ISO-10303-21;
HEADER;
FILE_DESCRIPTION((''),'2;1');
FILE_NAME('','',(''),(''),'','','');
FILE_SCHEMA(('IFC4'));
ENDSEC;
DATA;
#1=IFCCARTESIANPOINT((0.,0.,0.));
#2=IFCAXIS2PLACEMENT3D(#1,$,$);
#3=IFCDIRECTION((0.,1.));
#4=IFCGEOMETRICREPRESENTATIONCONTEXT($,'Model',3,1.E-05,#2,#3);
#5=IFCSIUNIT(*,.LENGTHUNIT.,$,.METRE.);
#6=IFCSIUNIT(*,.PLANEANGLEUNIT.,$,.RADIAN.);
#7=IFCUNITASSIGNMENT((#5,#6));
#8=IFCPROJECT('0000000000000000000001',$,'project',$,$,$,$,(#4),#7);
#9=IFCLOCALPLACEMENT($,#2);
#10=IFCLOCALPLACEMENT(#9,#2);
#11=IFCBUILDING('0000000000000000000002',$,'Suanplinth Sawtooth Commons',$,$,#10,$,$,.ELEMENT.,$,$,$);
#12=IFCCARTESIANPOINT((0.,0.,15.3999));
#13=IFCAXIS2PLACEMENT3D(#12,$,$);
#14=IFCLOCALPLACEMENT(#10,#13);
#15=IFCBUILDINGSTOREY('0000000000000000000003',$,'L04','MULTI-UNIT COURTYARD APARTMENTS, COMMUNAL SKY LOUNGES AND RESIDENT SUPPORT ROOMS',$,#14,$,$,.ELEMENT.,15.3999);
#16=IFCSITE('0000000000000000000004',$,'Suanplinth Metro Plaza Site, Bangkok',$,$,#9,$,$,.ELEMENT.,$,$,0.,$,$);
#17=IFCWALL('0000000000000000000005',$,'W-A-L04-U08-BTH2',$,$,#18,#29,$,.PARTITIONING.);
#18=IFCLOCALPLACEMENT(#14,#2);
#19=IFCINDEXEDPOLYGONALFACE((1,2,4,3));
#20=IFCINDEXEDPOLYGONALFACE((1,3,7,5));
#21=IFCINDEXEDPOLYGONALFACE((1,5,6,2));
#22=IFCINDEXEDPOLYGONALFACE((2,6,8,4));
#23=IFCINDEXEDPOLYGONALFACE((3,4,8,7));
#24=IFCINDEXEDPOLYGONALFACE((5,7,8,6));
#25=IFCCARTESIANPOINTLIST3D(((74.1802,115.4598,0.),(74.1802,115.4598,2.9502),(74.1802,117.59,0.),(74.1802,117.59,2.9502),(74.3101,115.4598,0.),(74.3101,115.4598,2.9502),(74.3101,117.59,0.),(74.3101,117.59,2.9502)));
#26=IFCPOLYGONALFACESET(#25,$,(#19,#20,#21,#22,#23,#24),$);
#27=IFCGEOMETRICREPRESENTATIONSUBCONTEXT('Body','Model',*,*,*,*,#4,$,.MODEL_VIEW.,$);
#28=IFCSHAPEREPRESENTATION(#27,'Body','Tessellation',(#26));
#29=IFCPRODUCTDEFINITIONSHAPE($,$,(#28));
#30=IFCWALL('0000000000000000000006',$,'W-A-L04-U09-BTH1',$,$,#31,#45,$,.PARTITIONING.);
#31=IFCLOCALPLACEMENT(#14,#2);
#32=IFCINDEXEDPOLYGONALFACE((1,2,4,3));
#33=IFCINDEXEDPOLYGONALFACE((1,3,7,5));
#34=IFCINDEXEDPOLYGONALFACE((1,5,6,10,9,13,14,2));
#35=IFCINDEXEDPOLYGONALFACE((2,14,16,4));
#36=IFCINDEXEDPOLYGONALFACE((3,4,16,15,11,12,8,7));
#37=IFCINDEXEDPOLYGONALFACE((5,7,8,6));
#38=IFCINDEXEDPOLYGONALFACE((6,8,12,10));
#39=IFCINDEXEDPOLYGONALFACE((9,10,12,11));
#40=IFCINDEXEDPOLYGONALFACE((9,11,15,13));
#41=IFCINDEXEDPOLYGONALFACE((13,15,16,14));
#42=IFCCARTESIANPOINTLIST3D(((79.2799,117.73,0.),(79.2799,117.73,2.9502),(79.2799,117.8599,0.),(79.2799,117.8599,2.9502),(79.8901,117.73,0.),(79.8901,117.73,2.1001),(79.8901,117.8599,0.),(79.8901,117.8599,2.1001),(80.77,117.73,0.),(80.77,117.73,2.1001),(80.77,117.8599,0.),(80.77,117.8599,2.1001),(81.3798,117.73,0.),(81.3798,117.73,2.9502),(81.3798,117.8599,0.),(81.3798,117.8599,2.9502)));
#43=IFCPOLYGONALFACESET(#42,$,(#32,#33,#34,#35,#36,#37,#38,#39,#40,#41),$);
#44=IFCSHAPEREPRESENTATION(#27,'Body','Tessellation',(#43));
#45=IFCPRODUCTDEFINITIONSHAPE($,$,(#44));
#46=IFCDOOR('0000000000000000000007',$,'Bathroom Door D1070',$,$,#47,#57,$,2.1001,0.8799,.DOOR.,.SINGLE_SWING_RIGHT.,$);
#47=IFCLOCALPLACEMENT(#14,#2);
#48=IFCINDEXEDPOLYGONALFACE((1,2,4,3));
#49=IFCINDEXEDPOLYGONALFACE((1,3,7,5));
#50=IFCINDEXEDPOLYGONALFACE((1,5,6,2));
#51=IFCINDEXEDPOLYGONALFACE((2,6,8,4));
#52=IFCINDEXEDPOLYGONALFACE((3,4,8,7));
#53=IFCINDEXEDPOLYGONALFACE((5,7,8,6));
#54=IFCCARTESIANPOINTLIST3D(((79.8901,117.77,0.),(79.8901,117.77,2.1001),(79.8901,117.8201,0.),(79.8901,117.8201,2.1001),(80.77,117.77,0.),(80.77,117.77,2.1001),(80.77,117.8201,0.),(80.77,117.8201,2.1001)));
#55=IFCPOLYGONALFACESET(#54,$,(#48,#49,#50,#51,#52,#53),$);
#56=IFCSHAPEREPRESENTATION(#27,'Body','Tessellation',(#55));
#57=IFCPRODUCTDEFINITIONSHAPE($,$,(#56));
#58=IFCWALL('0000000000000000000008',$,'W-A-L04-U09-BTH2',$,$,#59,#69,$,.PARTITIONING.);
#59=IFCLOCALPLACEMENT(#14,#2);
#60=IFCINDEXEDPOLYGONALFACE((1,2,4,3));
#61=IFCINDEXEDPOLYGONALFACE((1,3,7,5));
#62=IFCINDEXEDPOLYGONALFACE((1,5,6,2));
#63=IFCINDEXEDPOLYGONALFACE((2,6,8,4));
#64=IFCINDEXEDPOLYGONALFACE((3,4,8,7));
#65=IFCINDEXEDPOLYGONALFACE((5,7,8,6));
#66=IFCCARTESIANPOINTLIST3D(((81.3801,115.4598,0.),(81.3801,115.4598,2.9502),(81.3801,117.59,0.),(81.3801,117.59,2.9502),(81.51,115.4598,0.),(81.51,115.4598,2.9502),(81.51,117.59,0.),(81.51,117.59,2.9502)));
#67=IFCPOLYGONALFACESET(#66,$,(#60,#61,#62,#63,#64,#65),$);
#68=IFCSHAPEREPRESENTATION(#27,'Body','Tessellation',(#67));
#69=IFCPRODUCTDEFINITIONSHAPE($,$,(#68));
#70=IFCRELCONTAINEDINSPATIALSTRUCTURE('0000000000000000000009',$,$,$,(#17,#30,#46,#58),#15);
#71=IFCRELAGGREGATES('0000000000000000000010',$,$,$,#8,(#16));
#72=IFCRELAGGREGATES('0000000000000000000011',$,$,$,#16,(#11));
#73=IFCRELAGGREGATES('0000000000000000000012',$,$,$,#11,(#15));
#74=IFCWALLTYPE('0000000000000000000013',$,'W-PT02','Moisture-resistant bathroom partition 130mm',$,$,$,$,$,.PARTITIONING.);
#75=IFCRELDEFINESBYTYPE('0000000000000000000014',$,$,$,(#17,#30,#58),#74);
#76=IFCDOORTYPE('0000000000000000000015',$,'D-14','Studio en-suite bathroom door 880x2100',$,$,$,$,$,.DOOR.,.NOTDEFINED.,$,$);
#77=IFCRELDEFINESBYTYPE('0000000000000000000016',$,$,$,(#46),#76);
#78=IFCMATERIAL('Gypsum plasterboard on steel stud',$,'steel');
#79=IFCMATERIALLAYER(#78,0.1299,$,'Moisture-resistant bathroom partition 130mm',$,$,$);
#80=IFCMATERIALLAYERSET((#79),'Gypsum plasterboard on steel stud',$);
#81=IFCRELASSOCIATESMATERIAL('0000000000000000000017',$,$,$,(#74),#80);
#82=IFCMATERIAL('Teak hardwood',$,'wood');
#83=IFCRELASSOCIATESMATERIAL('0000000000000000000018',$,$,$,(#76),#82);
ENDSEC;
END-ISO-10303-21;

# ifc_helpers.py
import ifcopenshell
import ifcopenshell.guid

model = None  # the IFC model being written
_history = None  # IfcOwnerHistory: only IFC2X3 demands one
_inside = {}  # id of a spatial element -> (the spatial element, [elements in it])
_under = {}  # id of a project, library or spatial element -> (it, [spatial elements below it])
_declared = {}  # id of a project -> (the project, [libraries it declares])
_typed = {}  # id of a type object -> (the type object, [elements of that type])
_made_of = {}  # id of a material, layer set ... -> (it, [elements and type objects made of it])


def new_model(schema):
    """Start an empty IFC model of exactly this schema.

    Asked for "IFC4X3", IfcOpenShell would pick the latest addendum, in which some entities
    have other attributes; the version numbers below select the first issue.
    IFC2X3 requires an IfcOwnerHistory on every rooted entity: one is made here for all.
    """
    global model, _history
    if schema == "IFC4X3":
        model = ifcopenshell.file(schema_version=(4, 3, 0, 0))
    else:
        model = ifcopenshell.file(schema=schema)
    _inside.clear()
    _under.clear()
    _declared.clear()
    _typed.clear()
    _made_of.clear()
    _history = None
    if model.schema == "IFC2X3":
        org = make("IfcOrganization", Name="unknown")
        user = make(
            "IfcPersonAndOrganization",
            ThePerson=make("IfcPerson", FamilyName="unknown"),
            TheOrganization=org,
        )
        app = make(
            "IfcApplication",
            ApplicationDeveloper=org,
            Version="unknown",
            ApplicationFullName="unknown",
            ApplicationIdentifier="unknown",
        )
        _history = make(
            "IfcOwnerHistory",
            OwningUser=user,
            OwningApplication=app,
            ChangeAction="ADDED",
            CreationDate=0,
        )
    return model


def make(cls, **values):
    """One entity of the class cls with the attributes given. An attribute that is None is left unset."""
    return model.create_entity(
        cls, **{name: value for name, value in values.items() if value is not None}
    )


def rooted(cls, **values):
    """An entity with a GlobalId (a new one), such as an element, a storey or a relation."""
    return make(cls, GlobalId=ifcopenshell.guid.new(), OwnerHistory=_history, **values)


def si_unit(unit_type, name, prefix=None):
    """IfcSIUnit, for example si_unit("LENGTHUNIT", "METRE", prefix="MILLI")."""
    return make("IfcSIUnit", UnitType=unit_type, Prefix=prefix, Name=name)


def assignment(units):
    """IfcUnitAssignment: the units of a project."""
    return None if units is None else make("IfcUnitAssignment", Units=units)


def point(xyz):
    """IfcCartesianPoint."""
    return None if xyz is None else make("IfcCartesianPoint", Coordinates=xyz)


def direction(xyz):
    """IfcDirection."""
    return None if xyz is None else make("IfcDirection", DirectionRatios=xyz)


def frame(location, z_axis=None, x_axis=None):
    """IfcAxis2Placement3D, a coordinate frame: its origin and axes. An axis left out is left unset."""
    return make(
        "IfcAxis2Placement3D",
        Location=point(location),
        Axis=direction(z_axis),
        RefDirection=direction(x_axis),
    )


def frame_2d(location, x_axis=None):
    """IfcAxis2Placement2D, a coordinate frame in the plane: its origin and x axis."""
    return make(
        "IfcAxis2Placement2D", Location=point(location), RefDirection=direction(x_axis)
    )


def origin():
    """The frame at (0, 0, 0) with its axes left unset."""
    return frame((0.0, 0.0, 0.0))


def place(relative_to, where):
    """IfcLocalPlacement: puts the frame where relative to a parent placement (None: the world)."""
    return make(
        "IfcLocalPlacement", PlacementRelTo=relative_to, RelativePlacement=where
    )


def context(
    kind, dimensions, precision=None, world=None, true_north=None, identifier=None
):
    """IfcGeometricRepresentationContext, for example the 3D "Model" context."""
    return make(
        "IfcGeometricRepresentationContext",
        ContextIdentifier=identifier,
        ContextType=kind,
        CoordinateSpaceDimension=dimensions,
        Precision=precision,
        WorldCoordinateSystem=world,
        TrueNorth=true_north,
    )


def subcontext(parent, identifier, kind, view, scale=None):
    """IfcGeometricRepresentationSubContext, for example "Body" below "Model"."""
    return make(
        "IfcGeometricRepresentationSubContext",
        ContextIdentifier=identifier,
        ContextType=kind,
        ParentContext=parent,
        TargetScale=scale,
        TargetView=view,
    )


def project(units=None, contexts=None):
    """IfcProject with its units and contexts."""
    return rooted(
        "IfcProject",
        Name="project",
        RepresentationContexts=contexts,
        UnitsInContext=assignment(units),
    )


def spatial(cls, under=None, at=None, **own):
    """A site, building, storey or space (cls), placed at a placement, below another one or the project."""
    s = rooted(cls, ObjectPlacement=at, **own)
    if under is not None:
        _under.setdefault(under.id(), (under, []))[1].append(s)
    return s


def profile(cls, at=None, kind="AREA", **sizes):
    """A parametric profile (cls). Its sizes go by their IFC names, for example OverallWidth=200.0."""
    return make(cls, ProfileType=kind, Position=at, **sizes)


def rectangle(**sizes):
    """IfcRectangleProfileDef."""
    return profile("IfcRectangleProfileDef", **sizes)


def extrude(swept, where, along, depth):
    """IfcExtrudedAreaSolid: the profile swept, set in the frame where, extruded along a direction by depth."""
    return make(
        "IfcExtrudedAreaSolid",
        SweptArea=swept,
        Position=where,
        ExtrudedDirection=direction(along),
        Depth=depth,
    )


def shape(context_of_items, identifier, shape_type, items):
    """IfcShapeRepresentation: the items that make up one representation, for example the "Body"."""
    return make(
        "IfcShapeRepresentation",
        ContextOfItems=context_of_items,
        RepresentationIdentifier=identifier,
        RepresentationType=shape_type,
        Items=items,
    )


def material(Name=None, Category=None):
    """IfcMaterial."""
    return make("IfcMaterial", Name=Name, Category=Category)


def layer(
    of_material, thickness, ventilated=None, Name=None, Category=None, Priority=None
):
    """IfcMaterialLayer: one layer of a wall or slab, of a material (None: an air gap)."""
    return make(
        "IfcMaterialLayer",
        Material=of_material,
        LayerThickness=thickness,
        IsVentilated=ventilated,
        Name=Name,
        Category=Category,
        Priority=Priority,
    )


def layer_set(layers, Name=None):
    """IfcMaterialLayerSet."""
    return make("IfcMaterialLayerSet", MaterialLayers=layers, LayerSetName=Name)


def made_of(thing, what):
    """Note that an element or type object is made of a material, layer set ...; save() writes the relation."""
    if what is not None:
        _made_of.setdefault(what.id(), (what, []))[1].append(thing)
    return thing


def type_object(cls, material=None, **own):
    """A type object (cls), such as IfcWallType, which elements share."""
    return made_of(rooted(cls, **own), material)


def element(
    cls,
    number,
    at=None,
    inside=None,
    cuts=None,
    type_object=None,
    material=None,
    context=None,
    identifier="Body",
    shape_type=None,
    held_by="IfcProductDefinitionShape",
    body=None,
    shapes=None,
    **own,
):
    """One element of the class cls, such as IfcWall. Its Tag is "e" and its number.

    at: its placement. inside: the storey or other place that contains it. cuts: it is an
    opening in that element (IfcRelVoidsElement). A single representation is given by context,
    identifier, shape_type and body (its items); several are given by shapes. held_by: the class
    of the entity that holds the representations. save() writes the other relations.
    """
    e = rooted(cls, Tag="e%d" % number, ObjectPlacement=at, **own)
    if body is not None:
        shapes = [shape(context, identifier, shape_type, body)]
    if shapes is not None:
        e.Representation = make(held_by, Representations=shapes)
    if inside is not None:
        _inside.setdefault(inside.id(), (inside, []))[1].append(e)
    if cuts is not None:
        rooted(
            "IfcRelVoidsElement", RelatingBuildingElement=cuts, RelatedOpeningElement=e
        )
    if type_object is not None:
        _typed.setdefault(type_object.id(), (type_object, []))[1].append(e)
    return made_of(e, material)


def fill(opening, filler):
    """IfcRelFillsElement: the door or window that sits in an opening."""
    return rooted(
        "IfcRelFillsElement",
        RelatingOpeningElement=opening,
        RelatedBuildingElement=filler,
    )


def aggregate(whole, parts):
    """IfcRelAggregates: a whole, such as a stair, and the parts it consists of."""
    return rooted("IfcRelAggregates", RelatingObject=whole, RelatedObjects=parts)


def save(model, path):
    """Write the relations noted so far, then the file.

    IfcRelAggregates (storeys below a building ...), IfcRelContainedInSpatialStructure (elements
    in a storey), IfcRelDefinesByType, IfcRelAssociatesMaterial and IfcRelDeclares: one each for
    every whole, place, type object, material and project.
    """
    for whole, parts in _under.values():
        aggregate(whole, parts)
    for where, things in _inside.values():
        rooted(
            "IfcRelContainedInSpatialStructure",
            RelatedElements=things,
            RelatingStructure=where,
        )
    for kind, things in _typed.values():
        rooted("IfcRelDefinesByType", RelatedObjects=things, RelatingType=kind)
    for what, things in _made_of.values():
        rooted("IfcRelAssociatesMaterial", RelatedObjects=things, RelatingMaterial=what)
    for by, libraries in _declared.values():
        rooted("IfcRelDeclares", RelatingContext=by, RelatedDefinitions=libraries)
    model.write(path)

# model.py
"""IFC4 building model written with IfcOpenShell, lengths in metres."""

from ifc_helpers import new_model, si_unit, direction, frame, frame_2d, origin, place, context, subcontext, project, spatial, rectangle, extrude, material, layer, layer_set, type_object, element, fill, save


model = new_model("IFC4")

# Units and contexts
model_context = context("Model", 3, precision=1e-05, world=origin(), true_north=direction((0.0, 1.0)))
body_context = subcontext(model_context, "Body", "Model", "MODEL_VIEW")
ifc_project = project(units=[si_unit("LENGTHUNIT", "METRE"), si_unit("PLANEANGLEUNIT", "RADIAN")], contexts=[model_context])

# Site, building, storey
site_placement = place(None, origin())
site = spatial("IfcSite", under=ifc_project, at=site_placement, Name="Suanplinth Metro Plaza Site, Bangkok", CompositionType="ELEMENT", RefElevation=0.0)
building_placement = place(site_placement, origin())
building = spatial("IfcBuilding", under=site, at=building_placement, Name="Suanplinth Sawtooth Commons", CompositionType="ELEMENT")
storey_placement = place(building_placement, frame((0.0, 0.0, 15.3999)))
storey = spatial("IfcBuildingStorey", under=building, at=storey_placement, Name="L04", Description="MULTI-UNIT COURTYARD APARTMENTS, COMMUNAL SKY LOUNGES AND RESIDENT SUPPORT ROOMS", CompositionType="ELEMENT", Elevation=15.3999)

# Shared definitions
ifc_material_1 = material(Name="Gypsum plasterboard on steel stud", Category="steel")
ifc_material_2 = material(Name="Teak hardwood", Category="wood")

# Shared definitions
ifc_layer_1 = layer(ifc_material_1, 0.1299, Name="Moisture-resistant bathroom partition 130mm")
ifc_layer_set_1 = layer_set([ifc_layer_1], Name="Gypsum plasterboard on steel stud")
wall_type_1 = type_object("IfcWallType", Name="W-PT02", Description="Moisture-resistant bathroom partition 130mm", PredefinedType="PARTITIONING", material=ifc_layer_set_1)
door_type_1 = type_object("IfcDoorType", Name="D-14", Description="Studio en-suite bathroom door 880x2100", OperationType="NOTDEFINED", PredefinedType="DOOR", material=ifc_material_2)

# Wall
wall_1_placement = place(storey_placement, frame((74.2451, 115.46, 0.0), z_axis=(0.0, 0.0, 1.0), x_axis=(0.0, 1.0, 0.0)))
element("IfcWall", 1, at=wall_1_placement, inside=storey, type_object=wall_type_1, Name="W-A-L04-U08-BTH2", PredefinedType="PARTITIONING", context=body_context, shape_type="SweptSolid", body=[
    extrude(rectangle(XDim=2.1301, YDim=0.1299, at=frame_2d((1.0649, 0.0))), origin(), (0.0, 0.0, 1.0), 2.9502),
])

# Wall, opening, door
wall_2_placement = place(storey_placement, frame((79.28, 117.7949, 0.0), z_axis=(0.0, 0.0, 1.0), x_axis=(1.0, 0.0, 0.0)))
wall_2 = element("IfcWall", 2, at=wall_2_placement, inside=storey, type_object=wall_type_1, Name="W-A-L04-U09-BTH1", PredefinedType="PARTITIONING", context=body_context, shape_type="SweptSolid", body=[
    extrude(rectangle(XDim=2.0999, YDim=0.1299, at=frame_2d((1.0498, 0.0))), origin(), (0.0, 0.0, 1.0), 2.9502),
])
opening_1_placement = place(wall_2_placement, frame((0.6101, 0.0, 0.0)))
opening_1 = element("IfcOpeningElement", 3, at=opening_1_placement, cuts=wall_2, PredefinedType="OPENING", context=body_context, shape_type="SweptSolid", body=[
    extrude(rectangle(XDim=0.8799, YDim=2.1001, at=frame_2d((0.4399, 1.05))), frame((0.0, 0.0798, 0.0), z_axis=(0.0, -1.0, 0.0), x_axis=(1.0, 0.0, 0.0)), (0.0, 0.0, 1.0), 0.1597),
])
door_1_placement = place(opening_1_placement, frame((0.8799, 0.0, 0.0), z_axis=(0.0, 0.0, 1.0), x_axis=(-1.0, 0.0, 0.0)))
door_1 = element("IfcDoor", 4, at=door_1_placement, inside=storey, type_object=door_type_1, Name="Bathroom Door D1070", OperationType="SINGLE_SWING_RIGHT", OverallHeight=2.1001, OverallWidth=0.8799, PredefinedType="DOOR", context=body_context, shape_type="SweptSolid", body=[
    extrude(rectangle(XDim=0.8799, YDim=2.1001, at=frame_2d((0.4399, 1.05))), frame((0.0, 0.0249, 0.0), z_axis=(0.0, -1.0, 0.0), x_axis=(1.0, 0.0, 0.0)), (0.0, 0.0, 1.0), 0.05),
])
fill(opening_1, door_1)

# Wall
wall_3_placement = place(storey_placement, frame((81.4451, 115.46, 0.0), z_axis=(0.0, 0.0, 1.0), x_axis=(0.0, 1.0, 0.0)))
element("IfcWall", 5, at=wall_3_placement, inside=storey, type_object=wall_type_1, Name="W-A-L04-U09-BTH2", PredefinedType="PARTITIONING", context=body_context, shape_type="SweptSolid", body=[
    extrude(rectangle(XDim=2.1301, YDim=0.1299, at=frame_2d((1.0649, 0.0))), origin(), (0.0, 0.0, 1.0), 2.9502),
])

save(model, "model.ifc")
